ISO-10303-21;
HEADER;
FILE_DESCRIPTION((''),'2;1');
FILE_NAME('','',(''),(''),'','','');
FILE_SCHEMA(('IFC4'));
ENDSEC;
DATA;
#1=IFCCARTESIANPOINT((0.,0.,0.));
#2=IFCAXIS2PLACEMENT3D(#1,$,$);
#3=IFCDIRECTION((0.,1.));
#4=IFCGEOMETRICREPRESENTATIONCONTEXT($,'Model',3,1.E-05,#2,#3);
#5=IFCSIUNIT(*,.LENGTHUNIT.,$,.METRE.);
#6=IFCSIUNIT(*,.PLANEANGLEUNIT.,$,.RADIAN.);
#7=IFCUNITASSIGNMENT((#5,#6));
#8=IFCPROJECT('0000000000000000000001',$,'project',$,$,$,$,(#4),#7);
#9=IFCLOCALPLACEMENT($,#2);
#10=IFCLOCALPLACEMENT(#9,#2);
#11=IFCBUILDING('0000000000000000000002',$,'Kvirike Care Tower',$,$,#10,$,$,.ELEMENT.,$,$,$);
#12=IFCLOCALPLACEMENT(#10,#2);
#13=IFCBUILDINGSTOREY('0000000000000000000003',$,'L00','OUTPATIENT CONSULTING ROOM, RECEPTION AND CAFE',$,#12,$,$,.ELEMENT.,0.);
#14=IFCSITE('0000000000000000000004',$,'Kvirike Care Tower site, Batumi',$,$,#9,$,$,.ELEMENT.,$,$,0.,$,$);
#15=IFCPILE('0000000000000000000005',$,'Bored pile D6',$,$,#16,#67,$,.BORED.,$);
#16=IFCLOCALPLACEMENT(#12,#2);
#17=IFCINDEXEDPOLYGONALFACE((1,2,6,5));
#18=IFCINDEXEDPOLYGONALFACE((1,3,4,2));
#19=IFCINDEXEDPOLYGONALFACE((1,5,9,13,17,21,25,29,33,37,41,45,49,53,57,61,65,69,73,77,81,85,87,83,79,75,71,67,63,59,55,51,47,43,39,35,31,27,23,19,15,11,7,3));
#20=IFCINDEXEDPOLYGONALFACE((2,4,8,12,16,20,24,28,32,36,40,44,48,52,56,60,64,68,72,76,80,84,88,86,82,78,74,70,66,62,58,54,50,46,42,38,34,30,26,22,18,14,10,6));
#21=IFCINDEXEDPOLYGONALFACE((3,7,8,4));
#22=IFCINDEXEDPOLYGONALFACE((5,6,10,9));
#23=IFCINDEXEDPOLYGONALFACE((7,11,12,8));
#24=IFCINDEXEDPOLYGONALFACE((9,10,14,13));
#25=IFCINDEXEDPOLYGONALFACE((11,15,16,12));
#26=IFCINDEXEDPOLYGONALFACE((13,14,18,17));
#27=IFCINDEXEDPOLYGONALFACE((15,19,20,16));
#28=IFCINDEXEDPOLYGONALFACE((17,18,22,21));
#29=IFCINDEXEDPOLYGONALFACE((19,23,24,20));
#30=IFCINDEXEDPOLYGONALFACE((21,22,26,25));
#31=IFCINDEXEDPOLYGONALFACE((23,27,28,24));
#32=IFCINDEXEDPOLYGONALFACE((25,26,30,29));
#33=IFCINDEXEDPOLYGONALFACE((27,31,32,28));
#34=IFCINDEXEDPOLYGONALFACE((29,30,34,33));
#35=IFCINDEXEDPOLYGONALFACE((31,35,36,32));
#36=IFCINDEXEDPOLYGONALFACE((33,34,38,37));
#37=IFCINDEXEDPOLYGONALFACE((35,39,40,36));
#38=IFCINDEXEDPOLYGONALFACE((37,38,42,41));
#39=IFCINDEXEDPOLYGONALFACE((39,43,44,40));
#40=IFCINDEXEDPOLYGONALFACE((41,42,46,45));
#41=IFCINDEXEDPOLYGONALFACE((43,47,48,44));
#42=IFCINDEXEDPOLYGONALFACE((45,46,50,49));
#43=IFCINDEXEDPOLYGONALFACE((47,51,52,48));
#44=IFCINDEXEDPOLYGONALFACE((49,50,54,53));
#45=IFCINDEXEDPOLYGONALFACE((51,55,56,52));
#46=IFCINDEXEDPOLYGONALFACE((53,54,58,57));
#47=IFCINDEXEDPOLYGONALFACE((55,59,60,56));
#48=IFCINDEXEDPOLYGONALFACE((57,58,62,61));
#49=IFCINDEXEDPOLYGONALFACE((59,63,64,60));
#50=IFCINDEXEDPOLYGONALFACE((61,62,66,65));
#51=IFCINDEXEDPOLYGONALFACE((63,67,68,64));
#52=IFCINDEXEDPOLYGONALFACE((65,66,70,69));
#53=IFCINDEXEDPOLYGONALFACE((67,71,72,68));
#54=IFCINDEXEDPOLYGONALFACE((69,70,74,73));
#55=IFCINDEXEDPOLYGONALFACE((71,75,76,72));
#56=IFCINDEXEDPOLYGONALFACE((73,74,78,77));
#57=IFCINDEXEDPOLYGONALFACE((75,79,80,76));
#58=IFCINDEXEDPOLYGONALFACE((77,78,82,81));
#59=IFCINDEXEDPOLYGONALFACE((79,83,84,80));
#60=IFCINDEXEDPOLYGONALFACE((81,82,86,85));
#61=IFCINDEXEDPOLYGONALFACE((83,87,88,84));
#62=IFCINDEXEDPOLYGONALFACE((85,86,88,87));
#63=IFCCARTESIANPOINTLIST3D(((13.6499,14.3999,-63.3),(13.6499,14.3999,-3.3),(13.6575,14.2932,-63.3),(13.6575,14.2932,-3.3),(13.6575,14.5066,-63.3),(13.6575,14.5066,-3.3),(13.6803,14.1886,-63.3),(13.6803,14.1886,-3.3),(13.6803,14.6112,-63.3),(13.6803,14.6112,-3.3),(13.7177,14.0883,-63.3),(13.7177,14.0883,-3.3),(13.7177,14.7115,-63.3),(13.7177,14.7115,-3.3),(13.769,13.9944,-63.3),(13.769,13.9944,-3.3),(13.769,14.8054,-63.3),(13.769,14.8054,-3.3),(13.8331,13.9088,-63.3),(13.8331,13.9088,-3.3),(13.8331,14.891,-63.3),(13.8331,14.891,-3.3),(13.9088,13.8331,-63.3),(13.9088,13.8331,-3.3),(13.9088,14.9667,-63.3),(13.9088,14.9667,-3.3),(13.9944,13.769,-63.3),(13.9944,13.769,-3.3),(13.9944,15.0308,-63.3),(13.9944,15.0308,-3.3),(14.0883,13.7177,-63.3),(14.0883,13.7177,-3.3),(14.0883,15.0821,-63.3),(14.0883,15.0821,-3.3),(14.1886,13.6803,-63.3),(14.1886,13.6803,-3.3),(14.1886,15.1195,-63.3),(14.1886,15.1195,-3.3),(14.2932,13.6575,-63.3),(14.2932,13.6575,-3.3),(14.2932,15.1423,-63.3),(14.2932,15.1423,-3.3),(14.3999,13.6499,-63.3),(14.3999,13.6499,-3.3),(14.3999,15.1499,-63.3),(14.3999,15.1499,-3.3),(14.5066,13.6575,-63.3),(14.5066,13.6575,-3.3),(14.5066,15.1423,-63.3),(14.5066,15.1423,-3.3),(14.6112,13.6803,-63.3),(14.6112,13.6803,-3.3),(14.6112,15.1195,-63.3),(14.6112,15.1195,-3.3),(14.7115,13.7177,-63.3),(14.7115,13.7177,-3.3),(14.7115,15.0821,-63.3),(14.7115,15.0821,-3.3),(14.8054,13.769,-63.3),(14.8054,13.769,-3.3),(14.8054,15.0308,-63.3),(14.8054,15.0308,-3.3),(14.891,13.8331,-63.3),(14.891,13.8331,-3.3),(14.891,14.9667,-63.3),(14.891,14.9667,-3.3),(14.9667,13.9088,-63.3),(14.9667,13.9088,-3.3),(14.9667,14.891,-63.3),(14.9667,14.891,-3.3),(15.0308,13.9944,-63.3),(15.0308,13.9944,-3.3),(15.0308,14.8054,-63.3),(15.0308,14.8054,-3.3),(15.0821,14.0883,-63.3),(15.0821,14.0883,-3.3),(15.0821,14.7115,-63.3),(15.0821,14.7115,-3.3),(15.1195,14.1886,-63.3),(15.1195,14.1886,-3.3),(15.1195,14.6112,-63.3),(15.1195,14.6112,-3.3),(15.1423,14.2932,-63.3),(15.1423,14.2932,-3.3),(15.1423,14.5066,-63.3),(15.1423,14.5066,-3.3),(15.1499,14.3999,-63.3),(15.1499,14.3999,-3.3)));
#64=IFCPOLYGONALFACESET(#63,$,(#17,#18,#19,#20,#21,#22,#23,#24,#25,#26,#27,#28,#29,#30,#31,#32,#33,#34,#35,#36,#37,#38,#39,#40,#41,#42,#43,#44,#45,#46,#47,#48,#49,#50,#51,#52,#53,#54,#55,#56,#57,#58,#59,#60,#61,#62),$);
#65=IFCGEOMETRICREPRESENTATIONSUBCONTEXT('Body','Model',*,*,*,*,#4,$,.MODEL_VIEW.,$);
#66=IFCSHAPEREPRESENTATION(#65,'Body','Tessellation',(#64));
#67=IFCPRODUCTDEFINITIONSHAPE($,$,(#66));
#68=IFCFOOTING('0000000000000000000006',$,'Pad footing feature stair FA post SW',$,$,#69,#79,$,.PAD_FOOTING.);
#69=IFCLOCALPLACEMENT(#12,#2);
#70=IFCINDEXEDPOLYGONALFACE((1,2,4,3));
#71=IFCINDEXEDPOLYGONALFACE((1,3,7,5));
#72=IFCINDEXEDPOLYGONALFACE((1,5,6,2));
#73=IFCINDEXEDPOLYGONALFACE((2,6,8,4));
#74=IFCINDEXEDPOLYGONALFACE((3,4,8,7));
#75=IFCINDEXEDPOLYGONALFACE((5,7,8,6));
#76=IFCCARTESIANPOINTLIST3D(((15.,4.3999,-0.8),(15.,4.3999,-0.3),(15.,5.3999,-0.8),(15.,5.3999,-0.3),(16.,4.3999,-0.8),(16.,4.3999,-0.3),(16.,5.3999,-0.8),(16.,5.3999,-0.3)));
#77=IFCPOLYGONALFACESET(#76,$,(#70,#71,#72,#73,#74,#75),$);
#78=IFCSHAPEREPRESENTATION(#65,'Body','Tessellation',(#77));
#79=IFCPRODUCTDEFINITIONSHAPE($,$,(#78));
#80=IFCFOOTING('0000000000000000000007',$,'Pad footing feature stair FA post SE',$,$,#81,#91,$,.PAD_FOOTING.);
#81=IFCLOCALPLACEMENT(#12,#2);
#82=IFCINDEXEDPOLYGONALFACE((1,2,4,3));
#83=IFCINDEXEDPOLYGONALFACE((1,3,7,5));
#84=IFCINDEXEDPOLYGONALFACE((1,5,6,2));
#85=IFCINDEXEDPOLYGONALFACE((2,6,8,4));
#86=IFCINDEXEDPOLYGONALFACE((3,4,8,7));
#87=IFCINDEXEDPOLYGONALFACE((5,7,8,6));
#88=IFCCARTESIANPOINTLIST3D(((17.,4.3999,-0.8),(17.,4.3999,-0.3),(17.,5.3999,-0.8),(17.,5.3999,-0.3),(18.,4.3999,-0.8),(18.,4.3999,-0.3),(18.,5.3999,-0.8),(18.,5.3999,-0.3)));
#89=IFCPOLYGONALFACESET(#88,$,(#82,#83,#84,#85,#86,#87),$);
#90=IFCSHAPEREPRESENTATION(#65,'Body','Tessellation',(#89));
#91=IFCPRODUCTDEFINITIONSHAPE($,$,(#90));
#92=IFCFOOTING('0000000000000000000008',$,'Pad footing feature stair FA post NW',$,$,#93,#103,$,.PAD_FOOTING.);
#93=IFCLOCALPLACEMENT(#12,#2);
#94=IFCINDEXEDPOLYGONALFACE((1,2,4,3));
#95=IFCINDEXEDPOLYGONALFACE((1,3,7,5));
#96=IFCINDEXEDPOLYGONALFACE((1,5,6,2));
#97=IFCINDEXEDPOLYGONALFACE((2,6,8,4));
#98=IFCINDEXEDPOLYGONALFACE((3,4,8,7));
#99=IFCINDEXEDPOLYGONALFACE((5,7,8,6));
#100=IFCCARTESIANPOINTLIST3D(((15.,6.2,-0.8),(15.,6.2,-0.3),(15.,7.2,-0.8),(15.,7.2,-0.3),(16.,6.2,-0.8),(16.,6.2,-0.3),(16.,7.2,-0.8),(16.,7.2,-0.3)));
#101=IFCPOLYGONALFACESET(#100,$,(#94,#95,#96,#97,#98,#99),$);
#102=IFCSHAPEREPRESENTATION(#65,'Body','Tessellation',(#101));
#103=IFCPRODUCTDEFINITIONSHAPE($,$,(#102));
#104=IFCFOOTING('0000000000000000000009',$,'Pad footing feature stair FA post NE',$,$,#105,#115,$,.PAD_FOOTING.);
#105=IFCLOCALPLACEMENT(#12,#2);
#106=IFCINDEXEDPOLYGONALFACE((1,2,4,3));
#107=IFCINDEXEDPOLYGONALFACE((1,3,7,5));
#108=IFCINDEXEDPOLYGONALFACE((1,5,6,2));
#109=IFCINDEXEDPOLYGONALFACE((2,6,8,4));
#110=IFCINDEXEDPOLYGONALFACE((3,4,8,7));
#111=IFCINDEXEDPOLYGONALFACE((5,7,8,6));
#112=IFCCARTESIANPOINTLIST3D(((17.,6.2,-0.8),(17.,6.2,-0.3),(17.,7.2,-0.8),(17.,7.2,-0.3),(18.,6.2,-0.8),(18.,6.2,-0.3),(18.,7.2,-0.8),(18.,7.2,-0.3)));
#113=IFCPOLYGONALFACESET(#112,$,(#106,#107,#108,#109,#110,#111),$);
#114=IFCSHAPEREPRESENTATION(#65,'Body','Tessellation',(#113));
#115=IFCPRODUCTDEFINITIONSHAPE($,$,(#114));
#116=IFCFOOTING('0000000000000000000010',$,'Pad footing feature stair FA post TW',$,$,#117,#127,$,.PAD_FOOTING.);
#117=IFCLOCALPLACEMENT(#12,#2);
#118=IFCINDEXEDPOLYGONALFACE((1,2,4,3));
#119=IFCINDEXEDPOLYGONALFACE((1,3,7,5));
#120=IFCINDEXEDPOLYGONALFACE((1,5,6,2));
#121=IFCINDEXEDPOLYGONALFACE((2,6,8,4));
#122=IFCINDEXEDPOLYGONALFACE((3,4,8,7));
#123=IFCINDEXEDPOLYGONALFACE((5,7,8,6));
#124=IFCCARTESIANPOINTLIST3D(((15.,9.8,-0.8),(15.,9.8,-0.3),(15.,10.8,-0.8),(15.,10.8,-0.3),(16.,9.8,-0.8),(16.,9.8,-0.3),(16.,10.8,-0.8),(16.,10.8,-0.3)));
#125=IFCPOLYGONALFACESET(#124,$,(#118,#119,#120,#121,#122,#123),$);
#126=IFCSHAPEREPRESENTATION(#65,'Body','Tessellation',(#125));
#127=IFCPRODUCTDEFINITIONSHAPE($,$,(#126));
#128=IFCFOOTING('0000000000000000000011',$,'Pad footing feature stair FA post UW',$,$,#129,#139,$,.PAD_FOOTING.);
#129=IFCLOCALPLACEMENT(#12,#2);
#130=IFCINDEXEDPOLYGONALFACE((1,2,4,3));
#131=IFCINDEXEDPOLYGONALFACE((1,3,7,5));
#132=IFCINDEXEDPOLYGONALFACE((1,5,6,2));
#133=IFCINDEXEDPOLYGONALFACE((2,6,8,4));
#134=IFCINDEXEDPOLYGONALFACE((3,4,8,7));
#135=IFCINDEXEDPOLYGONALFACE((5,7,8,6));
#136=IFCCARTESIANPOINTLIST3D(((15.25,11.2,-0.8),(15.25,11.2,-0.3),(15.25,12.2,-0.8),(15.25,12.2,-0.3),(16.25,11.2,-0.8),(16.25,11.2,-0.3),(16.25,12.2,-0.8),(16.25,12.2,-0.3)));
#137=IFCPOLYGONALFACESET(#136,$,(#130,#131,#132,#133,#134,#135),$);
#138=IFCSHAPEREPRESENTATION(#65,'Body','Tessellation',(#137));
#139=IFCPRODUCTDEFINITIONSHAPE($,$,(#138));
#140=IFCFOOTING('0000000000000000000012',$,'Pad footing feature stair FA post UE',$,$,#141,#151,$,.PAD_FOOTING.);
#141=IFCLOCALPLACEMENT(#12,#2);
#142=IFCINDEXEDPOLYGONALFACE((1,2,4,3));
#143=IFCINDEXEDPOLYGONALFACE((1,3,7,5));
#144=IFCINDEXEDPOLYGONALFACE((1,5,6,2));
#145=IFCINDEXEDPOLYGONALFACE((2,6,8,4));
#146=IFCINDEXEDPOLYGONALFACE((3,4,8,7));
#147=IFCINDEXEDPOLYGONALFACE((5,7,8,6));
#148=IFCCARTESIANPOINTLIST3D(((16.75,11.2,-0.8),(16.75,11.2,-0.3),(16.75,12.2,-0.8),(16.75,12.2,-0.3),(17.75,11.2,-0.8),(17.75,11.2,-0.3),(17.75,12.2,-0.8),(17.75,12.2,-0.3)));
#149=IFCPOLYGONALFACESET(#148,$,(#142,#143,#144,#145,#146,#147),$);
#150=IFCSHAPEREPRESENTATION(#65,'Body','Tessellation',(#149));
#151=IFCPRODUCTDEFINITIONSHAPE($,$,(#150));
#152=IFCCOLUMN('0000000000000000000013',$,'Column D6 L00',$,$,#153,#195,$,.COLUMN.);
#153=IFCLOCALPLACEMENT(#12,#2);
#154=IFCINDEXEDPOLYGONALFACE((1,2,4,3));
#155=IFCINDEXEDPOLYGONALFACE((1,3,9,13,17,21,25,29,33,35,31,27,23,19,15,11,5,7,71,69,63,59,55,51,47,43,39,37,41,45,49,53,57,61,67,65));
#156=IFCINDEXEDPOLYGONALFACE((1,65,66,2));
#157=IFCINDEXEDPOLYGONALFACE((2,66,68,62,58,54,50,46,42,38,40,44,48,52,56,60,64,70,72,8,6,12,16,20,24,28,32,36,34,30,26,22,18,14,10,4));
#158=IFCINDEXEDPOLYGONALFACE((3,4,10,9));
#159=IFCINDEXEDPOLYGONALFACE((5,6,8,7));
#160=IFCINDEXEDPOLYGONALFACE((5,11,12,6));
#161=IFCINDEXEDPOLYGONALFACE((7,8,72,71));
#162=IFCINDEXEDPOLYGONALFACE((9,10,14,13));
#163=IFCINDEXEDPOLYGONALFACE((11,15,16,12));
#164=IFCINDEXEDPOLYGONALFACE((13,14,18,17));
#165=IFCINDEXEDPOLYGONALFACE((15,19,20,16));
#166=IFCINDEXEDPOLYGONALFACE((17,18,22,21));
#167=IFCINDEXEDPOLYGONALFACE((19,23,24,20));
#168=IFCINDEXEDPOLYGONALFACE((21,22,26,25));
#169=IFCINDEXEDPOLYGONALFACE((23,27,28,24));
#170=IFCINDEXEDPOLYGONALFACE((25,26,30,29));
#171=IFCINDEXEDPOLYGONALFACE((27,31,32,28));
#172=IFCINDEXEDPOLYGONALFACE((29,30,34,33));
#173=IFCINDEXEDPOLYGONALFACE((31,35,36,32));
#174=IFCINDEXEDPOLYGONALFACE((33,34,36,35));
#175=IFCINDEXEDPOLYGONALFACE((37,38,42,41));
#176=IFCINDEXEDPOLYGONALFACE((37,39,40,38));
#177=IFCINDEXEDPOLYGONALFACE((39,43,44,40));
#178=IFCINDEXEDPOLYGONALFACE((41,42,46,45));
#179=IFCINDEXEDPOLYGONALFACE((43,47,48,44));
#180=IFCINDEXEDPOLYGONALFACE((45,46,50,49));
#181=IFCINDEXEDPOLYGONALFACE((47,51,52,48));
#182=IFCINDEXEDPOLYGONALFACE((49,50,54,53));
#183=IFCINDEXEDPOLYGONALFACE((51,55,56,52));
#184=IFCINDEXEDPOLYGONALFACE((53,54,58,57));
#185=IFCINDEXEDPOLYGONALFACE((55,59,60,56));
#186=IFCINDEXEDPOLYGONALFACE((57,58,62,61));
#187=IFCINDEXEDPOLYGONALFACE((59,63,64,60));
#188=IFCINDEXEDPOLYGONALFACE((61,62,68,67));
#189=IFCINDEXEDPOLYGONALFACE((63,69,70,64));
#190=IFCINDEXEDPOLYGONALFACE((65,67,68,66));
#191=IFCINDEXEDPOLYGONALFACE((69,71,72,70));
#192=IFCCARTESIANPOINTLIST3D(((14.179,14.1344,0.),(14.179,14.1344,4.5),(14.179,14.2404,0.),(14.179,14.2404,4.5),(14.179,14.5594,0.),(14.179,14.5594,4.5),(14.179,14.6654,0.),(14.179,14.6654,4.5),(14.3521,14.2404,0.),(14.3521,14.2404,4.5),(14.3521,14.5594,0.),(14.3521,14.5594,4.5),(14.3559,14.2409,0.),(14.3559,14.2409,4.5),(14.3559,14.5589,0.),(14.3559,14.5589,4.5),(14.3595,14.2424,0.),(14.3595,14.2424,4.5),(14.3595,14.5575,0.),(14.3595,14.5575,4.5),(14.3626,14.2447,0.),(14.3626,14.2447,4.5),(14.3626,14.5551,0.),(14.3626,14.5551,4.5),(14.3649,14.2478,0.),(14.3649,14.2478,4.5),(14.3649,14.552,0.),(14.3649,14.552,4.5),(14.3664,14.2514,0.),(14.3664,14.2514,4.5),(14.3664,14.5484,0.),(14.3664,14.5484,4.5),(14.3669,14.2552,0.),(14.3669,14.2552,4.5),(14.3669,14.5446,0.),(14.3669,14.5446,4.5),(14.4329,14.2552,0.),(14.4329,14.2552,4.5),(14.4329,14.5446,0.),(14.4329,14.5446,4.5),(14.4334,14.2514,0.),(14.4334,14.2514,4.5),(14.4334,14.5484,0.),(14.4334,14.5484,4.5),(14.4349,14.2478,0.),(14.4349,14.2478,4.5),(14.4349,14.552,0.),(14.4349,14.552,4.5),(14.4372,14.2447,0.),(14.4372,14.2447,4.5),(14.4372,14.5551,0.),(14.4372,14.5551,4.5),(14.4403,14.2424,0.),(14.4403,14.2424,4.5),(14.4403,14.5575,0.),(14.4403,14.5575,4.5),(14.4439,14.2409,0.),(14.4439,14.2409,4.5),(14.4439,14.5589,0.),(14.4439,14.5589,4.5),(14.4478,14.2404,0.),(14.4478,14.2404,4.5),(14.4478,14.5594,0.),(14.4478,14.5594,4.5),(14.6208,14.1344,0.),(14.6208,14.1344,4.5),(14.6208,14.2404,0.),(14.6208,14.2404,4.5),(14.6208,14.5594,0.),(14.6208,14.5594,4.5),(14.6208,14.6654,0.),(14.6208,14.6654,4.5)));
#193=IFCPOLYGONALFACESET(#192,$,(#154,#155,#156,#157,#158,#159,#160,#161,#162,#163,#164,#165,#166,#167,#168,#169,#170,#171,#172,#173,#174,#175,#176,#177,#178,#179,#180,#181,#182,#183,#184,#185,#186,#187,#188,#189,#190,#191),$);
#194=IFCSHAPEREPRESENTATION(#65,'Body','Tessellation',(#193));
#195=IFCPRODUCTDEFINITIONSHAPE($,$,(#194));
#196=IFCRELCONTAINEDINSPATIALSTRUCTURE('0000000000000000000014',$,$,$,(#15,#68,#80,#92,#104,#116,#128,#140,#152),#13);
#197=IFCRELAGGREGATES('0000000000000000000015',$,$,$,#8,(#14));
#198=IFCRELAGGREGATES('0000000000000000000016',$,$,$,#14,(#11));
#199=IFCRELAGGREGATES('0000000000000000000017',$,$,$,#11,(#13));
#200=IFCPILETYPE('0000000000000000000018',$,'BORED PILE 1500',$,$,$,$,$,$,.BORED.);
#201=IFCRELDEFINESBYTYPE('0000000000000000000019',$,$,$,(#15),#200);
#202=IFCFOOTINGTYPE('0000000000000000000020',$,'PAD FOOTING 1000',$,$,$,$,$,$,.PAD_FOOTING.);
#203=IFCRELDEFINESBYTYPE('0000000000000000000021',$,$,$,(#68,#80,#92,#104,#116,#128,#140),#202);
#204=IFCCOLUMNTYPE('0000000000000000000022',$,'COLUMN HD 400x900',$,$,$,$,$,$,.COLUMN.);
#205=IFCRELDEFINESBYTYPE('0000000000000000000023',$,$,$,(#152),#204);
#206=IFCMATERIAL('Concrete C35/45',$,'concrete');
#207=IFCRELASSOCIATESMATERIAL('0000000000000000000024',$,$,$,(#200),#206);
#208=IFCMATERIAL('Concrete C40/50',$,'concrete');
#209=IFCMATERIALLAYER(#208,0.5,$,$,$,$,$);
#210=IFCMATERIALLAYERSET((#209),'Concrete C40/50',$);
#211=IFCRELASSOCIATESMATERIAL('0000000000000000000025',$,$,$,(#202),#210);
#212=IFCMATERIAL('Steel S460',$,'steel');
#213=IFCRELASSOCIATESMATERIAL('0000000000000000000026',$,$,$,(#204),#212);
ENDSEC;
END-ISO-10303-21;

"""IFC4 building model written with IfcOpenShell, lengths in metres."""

from ifc_helpers import new_model, si_unit, direction, frame, origin, origin_2d, place, context, subcontext, project, spatial, rectangle, circle, i_section, extrude, material, layer, layer_set, material_profile, profile_set, type_object, element, save


model = new_model("IFC4")

# Units and contexts
model_context = context("Model", 3, precision=1e-05, world=origin(), true_north=direction((0.0, 1.0)))
body_context = subcontext(model_context, "Body", "Model", "MODEL_VIEW")
ifc_project = project(units=[si_unit("LENGTHUNIT", "METRE"), si_unit("PLANEANGLEUNIT", "RADIAN")], contexts=[model_context])

# Site, building, storey
site_placement = place(None, origin())
site = spatial("IfcSite", under=ifc_project, at=site_placement, Name="Kvirike Care Tower site, Batumi", CompositionType="ELEMENT", RefElevation=0.0)
building_placement = place(site_placement, origin())
building = spatial("IfcBuilding", under=site, at=building_placement, Name="Kvirike Care Tower", CompositionType="ELEMENT")
storey_placement = place(building_placement, origin())
storey = spatial("IfcBuildingStorey", under=building, at=storey_placement, Name="L00", Description="OUTPATIENT CONSULTING ROOM, RECEPTION AND CAFE", CompositionType="ELEMENT", Elevation=0.0)

# Pile
ifc_material_1 = material(Name="Concrete C35/45", Category="concrete")
ifc_material_profile_1 = material_profile(ifc_material_1, circle(Radius=0.75, at=origin_2d()), Name="BORED PILE 1500")
ifc_profile_set_1 = profile_set([ifc_material_profile_1], Name="Concrete C35/45")
pile_type = type_object("IfcPileType", Name="BORED PILE 1500", PredefinedType="BORED", material=ifc_profile_set_1)
pile_placement = place(storey_placement, frame((14.3999, 14.3999, -3.3), z_axis=(0.0, 0.0, -1.0), x_axis=(1.0, 0.0, 0.0)))
element("IfcPile", 1, at=pile_placement, inside=storey, type_object=pile_type, Name="Bored pile D6", PredefinedType="BORED", context=body_context, shape_type="SweptSolid", body=[
    extrude(circle(Radius=0.75, at=origin_2d()), origin(), (0.0, 0.0, 1.0), 60.0),
])

# Footings
ifc_material_2 = material(Name="Concrete C40/50", Category="concrete")
ifc_layer_1 = layer(ifc_material_2, 0.5)
ifc_layer_set_1 = layer_set([ifc_layer_1], Name="Concrete C40/50")
footing_type = type_object("IfcFootingType", Name="PAD FOOTING 1000", PredefinedType="PAD_FOOTING", material=ifc_layer_set_1)
for number, where, z_axis, x_axis, name in (
    (2, (15.5, 4.8999, -0.8), (0.0, 0.0, 1.0), (1.0, 0.0, 0.0), "Pad footing feature stair FA post SW"),
    (3, (17.5, 4.8999, -0.8), (0.0, 0.0, 1.0), (1.0, 0.0, 0.0), "Pad footing feature stair FA post SE"),
    (4, (15.5, 6.7, -0.8), (0.0, 0.0, 1.0), (1.0, 0.0, 0.0), "Pad footing feature stair FA post NW"),
    (5, (17.5, 6.7, -0.8), (0.0, 0.0, 1.0), (1.0, 0.0, 0.0), "Pad footing feature stair FA post NE"),
    (6, (15.5, 10.3, -0.8), (0.0, 0.0, 1.0), (1.0, 0.0, 0.0), "Pad footing feature stair FA post TW"),
    (7, (15.75, 11.7, -0.8), (0.0, 0.0, 1.0), (1.0, 0.0, 0.0), "Pad footing feature stair FA post UW"),
    (8, (17.25, 11.7, -0.8), (0.0, 0.0, 1.0), (1.0, 0.0, 0.0), "Pad footing feature stair FA post UE"),
):
    element("IfcFooting", number, at=place(storey_placement, frame(where, z_axis=z_axis, x_axis=x_axis)), inside=storey, type_object=footing_type, Name=name, PredefinedType="PAD_FOOTING", context=body_context, shape_type="SweptSolid", body=[
        extrude(rectangle(XDim=1.0, YDim=1.0, at=origin_2d()), origin(), (0.0, 0.0, 1.0), 0.5),
    ])

# Column
ifc_material_3 = material(Name="Steel S460", Category="steel")
ifc_material_profile_2 = material_profile(ifc_material_3, i_section(OverallWidth=0.4419, OverallDepth=0.531, WebThickness=0.0659, FlangeThickness=0.106, FilletRadius=0.0149, at=origin_2d()), Name="HD 400x900")
ifc_profile_set_2 = profile_set([ifc_material_profile_2], Name="Steel S460")
column_type_1 = type_object("IfcColumnType", Name="COLUMN HD 400x900", PredefinedType="COLUMN", material=ifc_profile_set_2)
column_1_placement = place(storey_placement, frame((14.3999, 14.3999, 0.0), z_axis=(0.0, 0.0, 1.0), x_axis=(1.0, 0.0, 0.0)))
element("IfcColumn", 9, at=column_1_placement, inside=storey, type_object=column_type_1, Name="Column D6 L00", PredefinedType="COLUMN", context=body_context, shape_type="SweptSolid", body=[
    extrude(i_section(OverallWidth=0.4419, OverallDepth=0.531, WebThickness=0.0659, FlangeThickness=0.106, FilletRadius=0.0149, at=origin_2d()), origin(), (0.0, 0.0, 1.0), 4.5),
])

save(model, "model.ifc")
